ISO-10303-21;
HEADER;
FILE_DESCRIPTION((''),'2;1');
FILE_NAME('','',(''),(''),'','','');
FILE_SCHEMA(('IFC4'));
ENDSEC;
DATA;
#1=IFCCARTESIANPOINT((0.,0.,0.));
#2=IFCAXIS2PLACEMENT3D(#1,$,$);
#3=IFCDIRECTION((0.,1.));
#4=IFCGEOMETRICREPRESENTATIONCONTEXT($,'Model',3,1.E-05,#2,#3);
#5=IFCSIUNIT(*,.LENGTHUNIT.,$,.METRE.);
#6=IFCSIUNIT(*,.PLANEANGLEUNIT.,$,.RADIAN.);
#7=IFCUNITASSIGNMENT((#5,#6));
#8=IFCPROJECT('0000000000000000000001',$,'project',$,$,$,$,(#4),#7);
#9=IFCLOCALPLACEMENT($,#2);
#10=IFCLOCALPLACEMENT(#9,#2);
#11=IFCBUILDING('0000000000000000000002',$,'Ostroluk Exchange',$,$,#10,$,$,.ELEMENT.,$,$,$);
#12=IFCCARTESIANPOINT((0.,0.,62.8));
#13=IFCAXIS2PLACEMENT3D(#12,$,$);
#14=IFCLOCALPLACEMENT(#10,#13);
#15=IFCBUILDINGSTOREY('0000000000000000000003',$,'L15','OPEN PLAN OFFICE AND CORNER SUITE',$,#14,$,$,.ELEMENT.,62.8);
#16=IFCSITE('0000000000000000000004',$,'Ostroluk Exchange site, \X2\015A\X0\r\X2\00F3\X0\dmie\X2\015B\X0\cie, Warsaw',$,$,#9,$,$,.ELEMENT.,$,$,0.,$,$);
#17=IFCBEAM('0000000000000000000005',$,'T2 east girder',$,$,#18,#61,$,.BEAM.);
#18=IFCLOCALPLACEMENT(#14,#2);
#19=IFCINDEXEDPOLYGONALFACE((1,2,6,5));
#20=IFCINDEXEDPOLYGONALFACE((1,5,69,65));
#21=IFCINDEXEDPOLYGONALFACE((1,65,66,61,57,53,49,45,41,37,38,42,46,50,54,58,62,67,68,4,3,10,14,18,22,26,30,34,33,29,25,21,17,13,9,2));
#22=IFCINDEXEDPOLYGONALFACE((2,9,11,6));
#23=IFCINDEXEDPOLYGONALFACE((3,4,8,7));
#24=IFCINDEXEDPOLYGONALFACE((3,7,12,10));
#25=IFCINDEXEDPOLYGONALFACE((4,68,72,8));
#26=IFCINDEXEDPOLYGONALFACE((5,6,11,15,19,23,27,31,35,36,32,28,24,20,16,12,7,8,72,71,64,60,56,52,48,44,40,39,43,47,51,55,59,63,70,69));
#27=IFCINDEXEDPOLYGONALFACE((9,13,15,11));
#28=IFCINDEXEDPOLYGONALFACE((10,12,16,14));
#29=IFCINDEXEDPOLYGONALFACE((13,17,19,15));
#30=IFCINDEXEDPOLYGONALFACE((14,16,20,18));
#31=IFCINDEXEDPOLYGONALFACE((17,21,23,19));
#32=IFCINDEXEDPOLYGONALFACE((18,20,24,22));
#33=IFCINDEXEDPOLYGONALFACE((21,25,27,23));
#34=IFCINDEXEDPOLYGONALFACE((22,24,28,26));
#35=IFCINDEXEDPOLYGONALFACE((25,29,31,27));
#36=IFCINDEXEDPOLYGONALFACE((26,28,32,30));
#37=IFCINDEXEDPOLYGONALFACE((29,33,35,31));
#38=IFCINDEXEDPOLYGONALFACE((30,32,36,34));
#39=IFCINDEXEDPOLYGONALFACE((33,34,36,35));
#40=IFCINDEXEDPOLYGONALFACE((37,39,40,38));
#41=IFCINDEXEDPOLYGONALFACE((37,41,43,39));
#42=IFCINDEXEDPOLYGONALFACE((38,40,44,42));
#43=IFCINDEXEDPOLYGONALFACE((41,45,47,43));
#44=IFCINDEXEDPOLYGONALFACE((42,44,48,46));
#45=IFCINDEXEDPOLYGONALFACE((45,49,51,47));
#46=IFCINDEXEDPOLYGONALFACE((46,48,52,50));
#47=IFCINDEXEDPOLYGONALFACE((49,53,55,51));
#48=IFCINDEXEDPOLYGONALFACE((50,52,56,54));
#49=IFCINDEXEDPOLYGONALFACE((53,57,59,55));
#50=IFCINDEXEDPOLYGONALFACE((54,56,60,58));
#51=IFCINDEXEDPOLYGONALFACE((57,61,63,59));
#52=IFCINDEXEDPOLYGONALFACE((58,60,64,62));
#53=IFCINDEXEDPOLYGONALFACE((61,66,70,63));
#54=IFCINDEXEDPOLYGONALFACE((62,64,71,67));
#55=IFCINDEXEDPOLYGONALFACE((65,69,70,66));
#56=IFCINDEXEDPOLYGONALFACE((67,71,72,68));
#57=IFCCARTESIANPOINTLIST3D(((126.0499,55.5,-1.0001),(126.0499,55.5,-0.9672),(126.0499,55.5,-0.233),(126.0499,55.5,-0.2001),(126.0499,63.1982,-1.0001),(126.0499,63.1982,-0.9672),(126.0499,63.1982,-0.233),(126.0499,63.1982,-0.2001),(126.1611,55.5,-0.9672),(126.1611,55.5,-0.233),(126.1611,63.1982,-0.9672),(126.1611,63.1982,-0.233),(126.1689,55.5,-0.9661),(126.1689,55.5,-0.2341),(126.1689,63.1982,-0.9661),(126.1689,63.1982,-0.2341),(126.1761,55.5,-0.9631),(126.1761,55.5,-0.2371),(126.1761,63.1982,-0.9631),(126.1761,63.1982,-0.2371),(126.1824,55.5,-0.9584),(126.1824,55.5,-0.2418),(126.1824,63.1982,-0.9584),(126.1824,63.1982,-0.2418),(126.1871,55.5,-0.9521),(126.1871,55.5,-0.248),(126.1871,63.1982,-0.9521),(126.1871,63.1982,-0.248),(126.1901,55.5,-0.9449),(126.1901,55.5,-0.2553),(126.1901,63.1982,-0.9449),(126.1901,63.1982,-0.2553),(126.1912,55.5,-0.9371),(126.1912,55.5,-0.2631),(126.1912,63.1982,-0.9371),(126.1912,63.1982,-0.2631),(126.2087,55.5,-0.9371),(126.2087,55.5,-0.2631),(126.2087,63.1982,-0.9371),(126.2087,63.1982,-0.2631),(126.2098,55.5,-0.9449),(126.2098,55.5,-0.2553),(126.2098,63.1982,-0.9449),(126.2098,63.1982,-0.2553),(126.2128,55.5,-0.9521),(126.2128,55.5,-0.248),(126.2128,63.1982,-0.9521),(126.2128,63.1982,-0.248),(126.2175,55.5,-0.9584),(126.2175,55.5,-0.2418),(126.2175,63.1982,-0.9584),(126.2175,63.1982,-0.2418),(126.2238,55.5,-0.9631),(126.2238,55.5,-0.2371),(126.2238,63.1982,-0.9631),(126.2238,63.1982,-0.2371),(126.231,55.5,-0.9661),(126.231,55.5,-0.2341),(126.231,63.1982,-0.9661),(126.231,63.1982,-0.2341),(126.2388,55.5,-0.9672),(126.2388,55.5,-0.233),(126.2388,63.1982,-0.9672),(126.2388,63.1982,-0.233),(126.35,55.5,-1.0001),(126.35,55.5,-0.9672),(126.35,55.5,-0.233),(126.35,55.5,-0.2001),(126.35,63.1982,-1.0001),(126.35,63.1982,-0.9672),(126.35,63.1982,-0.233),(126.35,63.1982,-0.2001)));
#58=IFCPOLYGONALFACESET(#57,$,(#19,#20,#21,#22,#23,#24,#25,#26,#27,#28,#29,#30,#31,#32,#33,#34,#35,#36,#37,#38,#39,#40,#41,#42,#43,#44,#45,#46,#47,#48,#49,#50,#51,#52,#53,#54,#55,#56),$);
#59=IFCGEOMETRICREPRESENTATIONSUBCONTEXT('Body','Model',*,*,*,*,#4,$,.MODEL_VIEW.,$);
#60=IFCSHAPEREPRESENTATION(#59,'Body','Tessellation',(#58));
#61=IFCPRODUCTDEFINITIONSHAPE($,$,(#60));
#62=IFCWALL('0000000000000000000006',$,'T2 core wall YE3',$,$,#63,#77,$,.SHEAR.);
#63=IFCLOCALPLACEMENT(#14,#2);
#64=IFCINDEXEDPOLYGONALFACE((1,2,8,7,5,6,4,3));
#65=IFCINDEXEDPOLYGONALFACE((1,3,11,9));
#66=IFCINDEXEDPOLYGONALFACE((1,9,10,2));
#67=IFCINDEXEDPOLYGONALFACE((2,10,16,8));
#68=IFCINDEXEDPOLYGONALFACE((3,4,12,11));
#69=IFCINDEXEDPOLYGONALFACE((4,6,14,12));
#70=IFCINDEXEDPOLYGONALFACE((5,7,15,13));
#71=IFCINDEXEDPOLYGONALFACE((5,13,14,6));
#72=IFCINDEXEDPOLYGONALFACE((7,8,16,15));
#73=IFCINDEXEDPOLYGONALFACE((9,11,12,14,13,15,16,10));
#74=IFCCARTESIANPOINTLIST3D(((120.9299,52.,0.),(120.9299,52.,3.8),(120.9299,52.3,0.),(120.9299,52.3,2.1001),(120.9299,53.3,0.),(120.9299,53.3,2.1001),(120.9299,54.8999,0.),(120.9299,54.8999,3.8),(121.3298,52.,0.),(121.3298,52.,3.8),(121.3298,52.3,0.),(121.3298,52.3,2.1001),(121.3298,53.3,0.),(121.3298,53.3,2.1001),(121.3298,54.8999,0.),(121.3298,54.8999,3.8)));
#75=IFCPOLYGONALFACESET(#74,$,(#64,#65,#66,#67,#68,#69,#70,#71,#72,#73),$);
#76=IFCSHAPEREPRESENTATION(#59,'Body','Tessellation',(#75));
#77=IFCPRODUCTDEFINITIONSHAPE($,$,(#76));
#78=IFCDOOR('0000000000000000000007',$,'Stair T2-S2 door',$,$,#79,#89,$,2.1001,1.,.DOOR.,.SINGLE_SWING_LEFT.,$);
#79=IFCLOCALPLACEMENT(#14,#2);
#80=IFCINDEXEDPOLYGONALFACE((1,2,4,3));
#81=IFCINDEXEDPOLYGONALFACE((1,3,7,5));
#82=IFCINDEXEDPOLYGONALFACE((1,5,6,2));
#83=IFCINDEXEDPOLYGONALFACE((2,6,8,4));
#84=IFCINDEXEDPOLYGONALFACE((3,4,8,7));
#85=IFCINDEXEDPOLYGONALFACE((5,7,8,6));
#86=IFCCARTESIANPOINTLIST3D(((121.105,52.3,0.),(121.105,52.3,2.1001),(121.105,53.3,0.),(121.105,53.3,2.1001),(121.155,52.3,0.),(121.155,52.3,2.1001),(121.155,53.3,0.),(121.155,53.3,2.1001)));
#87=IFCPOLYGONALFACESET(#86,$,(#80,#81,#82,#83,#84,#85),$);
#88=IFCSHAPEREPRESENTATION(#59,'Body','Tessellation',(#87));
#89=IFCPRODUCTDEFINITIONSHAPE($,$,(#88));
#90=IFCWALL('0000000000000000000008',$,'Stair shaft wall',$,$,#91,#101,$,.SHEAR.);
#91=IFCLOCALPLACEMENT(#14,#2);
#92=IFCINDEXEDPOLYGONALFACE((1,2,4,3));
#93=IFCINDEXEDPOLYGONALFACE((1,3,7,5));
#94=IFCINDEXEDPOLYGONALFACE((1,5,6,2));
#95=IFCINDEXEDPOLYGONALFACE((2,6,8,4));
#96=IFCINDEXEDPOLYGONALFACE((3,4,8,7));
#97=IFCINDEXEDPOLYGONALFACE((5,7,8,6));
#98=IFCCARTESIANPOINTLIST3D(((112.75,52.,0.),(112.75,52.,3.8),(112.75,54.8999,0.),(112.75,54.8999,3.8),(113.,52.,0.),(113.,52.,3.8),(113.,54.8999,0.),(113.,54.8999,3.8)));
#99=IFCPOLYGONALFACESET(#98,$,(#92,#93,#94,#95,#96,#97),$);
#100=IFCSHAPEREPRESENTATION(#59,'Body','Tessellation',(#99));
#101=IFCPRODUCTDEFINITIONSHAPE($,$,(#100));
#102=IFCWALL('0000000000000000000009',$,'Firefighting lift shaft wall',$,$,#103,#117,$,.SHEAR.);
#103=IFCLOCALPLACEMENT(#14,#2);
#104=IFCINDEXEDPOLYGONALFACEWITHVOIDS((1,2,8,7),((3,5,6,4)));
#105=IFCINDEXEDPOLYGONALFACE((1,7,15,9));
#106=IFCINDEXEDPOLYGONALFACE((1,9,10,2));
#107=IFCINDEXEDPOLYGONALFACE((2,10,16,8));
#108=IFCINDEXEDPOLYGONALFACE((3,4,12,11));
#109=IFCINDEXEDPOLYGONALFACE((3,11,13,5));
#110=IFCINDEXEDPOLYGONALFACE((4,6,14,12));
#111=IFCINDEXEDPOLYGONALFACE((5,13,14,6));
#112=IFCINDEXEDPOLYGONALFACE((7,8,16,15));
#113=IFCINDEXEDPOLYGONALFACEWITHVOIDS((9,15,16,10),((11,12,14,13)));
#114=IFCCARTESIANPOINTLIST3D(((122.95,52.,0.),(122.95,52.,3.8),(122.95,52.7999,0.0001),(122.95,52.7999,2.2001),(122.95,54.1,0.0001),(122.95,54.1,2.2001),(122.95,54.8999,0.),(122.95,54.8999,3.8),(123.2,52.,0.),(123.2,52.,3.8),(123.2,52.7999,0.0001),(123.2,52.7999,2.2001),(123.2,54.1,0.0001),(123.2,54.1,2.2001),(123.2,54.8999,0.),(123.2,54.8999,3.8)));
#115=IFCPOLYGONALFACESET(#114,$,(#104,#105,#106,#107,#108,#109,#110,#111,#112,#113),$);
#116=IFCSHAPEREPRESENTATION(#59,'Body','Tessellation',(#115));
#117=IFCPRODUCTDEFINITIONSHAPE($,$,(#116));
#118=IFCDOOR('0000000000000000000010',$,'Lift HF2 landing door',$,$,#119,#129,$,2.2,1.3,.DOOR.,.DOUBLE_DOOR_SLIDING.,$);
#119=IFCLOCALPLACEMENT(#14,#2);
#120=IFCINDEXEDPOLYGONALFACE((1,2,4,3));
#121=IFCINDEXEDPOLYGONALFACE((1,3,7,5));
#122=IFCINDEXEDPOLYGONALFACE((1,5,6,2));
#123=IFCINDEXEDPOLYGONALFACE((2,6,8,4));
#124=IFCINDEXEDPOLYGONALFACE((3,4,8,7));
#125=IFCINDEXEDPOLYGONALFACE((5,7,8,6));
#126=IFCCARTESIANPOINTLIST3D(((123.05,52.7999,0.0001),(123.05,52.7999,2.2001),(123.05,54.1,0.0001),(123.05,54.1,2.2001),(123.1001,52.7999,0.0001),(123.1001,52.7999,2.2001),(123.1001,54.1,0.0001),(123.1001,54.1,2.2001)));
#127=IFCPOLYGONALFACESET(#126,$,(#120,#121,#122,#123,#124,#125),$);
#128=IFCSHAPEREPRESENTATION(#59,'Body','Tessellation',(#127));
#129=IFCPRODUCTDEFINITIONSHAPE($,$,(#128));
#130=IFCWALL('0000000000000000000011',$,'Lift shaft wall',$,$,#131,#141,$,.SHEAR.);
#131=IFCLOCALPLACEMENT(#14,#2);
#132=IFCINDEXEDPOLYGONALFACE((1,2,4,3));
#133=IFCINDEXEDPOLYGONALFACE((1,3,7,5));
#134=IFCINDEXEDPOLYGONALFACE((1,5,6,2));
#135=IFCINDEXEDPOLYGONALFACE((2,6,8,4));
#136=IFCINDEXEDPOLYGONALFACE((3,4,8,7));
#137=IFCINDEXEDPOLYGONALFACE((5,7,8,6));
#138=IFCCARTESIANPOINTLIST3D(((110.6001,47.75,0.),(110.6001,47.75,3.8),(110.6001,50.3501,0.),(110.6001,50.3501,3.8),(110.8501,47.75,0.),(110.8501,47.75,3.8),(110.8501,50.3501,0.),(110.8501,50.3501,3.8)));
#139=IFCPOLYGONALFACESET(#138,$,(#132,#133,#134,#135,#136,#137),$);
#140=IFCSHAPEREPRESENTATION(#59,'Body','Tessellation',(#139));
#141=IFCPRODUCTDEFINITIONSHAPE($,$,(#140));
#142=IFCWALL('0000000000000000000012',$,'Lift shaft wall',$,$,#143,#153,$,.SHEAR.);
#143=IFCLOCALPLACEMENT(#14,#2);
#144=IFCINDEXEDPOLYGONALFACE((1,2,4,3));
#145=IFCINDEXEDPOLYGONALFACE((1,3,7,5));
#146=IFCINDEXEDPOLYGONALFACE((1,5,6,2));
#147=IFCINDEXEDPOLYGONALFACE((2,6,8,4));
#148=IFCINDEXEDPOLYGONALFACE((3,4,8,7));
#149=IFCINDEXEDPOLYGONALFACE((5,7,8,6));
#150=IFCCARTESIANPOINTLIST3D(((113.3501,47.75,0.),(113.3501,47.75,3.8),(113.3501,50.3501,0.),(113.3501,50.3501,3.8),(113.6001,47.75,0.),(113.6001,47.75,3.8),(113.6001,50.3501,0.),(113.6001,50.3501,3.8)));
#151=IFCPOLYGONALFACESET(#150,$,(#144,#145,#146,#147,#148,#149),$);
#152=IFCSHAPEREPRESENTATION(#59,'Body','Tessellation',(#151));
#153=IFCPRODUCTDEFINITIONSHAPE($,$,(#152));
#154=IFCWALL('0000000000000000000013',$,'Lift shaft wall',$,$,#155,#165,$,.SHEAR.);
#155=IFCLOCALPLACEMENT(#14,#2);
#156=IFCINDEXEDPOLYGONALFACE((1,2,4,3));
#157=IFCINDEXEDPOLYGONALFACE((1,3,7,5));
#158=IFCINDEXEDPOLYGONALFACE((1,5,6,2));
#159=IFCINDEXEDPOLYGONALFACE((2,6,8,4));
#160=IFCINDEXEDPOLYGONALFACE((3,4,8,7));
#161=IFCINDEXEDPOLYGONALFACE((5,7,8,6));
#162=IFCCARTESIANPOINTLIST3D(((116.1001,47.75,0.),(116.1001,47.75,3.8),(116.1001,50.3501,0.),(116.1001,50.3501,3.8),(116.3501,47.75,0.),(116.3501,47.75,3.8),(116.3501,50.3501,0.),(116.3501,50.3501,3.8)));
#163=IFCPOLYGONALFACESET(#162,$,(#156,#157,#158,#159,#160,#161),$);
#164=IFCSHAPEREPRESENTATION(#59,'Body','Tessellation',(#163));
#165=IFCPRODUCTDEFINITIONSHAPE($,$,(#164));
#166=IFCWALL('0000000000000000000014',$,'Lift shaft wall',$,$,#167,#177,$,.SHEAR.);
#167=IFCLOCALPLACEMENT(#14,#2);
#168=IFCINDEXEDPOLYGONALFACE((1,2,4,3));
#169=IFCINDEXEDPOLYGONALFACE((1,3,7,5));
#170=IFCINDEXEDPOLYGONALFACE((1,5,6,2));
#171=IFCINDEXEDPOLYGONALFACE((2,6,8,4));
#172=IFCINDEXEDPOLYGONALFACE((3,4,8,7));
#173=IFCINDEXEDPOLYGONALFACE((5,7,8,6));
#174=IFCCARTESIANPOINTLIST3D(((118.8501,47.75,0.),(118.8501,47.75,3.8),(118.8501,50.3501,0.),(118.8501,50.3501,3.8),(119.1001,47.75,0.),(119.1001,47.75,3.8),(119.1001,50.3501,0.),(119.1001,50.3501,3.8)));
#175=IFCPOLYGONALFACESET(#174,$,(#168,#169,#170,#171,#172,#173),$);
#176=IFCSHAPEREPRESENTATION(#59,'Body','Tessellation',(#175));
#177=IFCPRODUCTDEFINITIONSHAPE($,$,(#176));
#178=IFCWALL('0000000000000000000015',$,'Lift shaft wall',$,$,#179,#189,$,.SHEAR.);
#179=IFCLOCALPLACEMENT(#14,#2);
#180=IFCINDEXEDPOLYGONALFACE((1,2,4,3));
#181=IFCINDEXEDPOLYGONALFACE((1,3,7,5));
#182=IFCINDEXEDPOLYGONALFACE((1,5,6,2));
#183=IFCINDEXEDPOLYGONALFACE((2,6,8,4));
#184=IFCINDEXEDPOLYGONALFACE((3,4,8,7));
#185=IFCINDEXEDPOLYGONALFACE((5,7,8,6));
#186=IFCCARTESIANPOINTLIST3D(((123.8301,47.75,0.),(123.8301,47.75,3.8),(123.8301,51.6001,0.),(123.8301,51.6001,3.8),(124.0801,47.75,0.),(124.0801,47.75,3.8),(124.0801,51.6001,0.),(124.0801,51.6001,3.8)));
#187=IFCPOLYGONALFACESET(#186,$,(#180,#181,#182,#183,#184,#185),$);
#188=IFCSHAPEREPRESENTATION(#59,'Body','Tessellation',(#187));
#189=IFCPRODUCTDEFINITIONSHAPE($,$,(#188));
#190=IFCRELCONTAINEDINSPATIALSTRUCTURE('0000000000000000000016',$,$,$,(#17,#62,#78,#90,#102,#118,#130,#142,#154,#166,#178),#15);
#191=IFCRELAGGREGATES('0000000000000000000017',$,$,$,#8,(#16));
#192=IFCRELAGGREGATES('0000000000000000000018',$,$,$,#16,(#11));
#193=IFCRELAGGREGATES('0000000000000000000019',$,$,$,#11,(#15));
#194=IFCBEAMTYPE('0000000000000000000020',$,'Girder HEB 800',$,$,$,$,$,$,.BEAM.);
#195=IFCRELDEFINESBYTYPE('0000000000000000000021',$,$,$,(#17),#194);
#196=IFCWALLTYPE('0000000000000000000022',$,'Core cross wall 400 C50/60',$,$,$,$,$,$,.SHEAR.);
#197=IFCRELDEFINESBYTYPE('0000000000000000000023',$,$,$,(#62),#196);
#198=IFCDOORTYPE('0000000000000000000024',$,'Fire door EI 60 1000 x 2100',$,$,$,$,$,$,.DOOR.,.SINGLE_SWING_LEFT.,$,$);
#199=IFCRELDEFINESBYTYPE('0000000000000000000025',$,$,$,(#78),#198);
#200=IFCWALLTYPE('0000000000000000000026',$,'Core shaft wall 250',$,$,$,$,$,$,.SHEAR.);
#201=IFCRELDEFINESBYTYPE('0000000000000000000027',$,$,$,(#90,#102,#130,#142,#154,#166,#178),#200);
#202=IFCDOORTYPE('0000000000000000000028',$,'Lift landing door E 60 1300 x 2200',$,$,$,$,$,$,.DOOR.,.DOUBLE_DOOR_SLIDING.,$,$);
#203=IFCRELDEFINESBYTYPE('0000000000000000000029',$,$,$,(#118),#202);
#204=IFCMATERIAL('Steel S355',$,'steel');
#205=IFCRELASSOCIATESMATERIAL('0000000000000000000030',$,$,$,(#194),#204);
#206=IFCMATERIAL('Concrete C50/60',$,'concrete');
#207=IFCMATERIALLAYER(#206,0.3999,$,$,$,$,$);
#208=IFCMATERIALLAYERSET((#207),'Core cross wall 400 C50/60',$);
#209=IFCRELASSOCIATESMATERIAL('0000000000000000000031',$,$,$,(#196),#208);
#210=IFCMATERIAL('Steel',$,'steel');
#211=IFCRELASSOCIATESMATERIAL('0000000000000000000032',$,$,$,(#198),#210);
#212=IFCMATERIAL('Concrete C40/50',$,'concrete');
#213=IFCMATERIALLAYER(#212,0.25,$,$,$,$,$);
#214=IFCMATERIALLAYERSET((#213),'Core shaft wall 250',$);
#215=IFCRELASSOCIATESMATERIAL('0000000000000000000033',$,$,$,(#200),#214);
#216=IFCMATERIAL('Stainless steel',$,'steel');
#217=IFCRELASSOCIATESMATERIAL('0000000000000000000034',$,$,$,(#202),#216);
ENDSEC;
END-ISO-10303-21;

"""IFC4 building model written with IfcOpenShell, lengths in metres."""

from ifc_helpers import new_model, si_unit, direction, frame, frame_2d, origin, origin_2d, place, context, subcontext, project, spatial, rectangle, i_section, extrude, material, layer, layer_set, material_profile, profile_set, type_object, element, fill, save


model = new_model("IFC4")

# Units and contexts
model_context = context("Model", 3, precision=1e-05, world=origin(), true_north=direction((0.0, 1.0)))
body_context = subcontext(model_context, "Body", "Model", "MODEL_VIEW")
ifc_project = project(units=[si_unit("LENGTHUNIT", "METRE"), si_unit("PLANEANGLEUNIT", "RADIAN")], contexts=[model_context])

# Site, building, storey
site_placement = place(None, origin())
site = spatial("IfcSite", under=ifc_project, at=site_placement, Name="Ostroluk Exchange site, Śródmieście, Warsaw", CompositionType="ELEMENT", RefElevation=0.0)
building_placement = place(site_placement, origin())
building = spatial("IfcBuilding", under=site, at=building_placement, Name="Ostroluk Exchange", CompositionType="ELEMENT")
storey_placement = place(building_placement, frame((0.0, 0.0, 62.8)))
storey = spatial("IfcBuildingStorey", under=building, at=storey_placement, Name="L15", Description="OPEN PLAN OFFICE AND CORNER SUITE", CompositionType="ELEMENT", Elevation=62.8)

# Beam
ifc_material_1 = material(Name="Steel S355", Category="steel")
ifc_material_profile_1 = material_profile(ifc_material_1, i_section(OverallWidth=0.3, OverallDepth=0.8, WebThickness=0.0176, FlangeThickness=0.033, FilletRadius=0.03, at=origin_2d()), Name="HEB 800")
ifc_profile_set_1 = profile_set([ifc_material_profile_1], Name="Steel S355")
beam_type_1 = type_object("IfcBeamType", Name="Girder HEB 800", PredefinedType="BEAM", material=ifc_profile_set_1)
beam_placement = place(storey_placement, frame((126.2, 55.5, -0.6001), z_axis=(0.0, 1.0, 0.0), x_axis=(-1.0, 0.0, 0.0)))
element("IfcBeam", 1, at=beam_placement, inside=storey, type_object=beam_type_1, Name="T2 east girder", PredefinedType="BEAM", context=body_context, shape_type="SweptSolid", body=[
    extrude(i_section(OverallWidth=0.3, OverallDepth=0.8, WebThickness=0.0176, FlangeThickness=0.033, FilletRadius=0.03, at=origin_2d()), origin(), (0.0, 0.0, 1.0), 7.6982),
])

# Wall, opening, door
ifc_material_2 = material(Name="Concrete C50/60", Category="concrete")
ifc_layer_1 = layer(ifc_material_2, 0.3999)
ifc_layer_set_1 = layer_set([ifc_layer_1], Name="Core cross wall 400 C50/60")
wall_type_1 = type_object("IfcWallType", Name="Core cross wall 400 C50/60", PredefinedType="SHEAR", material=ifc_layer_set_1)
wall_1_placement = place(storey_placement, frame((121.1299, 52.0, 0.0), z_axis=(0.0, 0.0, 1.0), x_axis=(0.0, 1.0, 0.0)))
wall_1 = element("IfcWall", 2, at=wall_1_placement, inside=storey, type_object=wall_type_1, Name="T2 core wall YE3", PredefinedType="SHEAR", context=body_context, shape_type="SweptSolid", body=[
    extrude(rectangle(XDim=2.8999, YDim=0.3999, at=frame_2d((1.45, 0.0))), origin(), (0.0, 0.0, 1.0), 3.8),
])
opening_1_placement = place(wall_1_placement, frame((0.3, 0.0, 0.0)))
opening_1 = element("IfcOpeningElement", 3, at=opening_1_placement, cuts=wall_1, PredefinedType="OPENING", context=body_context, shape_type="SweptSolid", body=[
    extrude(rectangle(XDim=1.0, YDim=2.1001, at=frame_2d((0.5, 1.05))), frame((0.0, 0.21, 0.0), z_axis=(0.0, -1.0, 0.0), x_axis=(1.0, 0.0, 0.0)), (0.0, 0.0, 1.0), 0.4199),
])
ifc_material_3 = material(Name="Steel", Category="steel")
door_type_1 = type_object("IfcDoorType", Name="Fire door EI 60 1000 x 2100", OperationType="SINGLE_SWING_LEFT", PredefinedType="DOOR", material=ifc_material_3)
door_1_placement = place(opening_1_placement, origin())
door_1 = element("IfcDoor", 4, at=door_1_placement, inside=storey, type_object=door_type_1, Name="Stair T2-S2 door", OperationType="SINGLE_SWING_LEFT", OverallHeight=2.1001, OverallWidth=1.0, PredefinedType="DOOR", context=body_context, shape_type="SweptSolid", body=[
    extrude(rectangle(XDim=1.0, YDim=2.1001, at=frame_2d((0.5, 1.05))), frame((0.0, 0.0249, 0.0), z_axis=(0.0, -1.0, 0.0), x_axis=(1.0, 0.0, 0.0)), (0.0, 0.0, 1.0), 0.05),
])
fill(opening_1, door_1)

# Wall
ifc_material_4 = material(Name="Concrete C40/50", Category="concrete")
ifc_layer_2 = layer(ifc_material_4, 0.25)
ifc_layer_set_2 = layer_set([ifc_layer_2], Name="Core shaft wall 250")
wall_type_2 = type_object("IfcWallType", Name="Core shaft wall 250", PredefinedType="SHEAR", material=ifc_layer_set_2)
wall_2_placement = place(storey_placement, frame((112.875, 52.0, 0.0), z_axis=(0.0, 0.0, 1.0), x_axis=(0.0, 1.0, 0.0)))
element("IfcWall", 5, at=wall_2_placement, inside=storey, type_object=wall_type_2, Name="Stair shaft wall", PredefinedType="SHEAR", context=body_context, shape_type="SweptSolid", body=[
    extrude(rectangle(XDim=2.8999, YDim=0.25, at=frame_2d((1.45, 0.0))), origin(), (0.0, 0.0, 1.0), 3.8),
])

# Wall, opening, door
wall_3_placement = place(storey_placement, frame((123.075, 52.0, 0.0), z_axis=(0.0, 0.0, 1.0), x_axis=(0.0, 1.0, 0.0)))
wall_3 = element("IfcWall", 6, at=wall_3_placement, inside=storey, type_object=wall_type_2, Name="Firefighting lift shaft wall", PredefinedType="SHEAR", context=body_context, shape_type="SweptSolid", body=[
    extrude(rectangle(XDim=2.8999, YDim=0.25, at=frame_2d((1.45, 0.0))), origin(), (0.0, 0.0, 1.0), 3.8),
])
opening_2_placement = place(wall_3_placement, frame((0.8, 0.0, 0.0)))
opening_2 = element("IfcOpeningElement", 7, at=opening_2_placement, cuts=wall_3, PredefinedType="OPENING", context=body_context, shape_type="SweptSolid", body=[
    extrude(rectangle(XDim=1.3, YDim=2.2, at=frame_2d((0.6499, 1.1001))), frame((0.0, 0.135, 0.0), z_axis=(0.0, -1.0, 0.0), x_axis=(1.0, 0.0, 0.0)), (0.0, 0.0, 1.0), 0.27),
])
ifc_material_5 = material(Name="Stainless steel", Category="steel")
door_type_2 = type_object("IfcDoorType", Name="Lift landing door E 60 1300 x 2200", OperationType="DOUBLE_DOOR_SLIDING", PredefinedType="DOOR", material=ifc_material_5)
door_2_placement = place(opening_2_placement, origin())
door_2 = element("IfcDoor", 8, at=door_2_placement, inside=storey, type_object=door_type_2, Name="Lift HF2 landing door", OperationType="DOUBLE_DOOR_SLIDING", OverallHeight=2.2, OverallWidth=1.3, PredefinedType="DOOR", context=body_context, shape_type="SweptSolid", body=[
    extrude(rectangle(XDim=1.3, YDim=2.2, at=frame_2d((0.6499, 1.1001))), frame((0.0, 0.0249, 0.0), z_axis=(0.0, -1.0, 0.0), x_axis=(1.0, 0.0, 0.0)), (0.0, 0.0, 1.0), 0.05),
])
fill(opening_2, door_2)

# Walls
for number, where, z_axis, x_axis, name in (
    (9, (110.7251, 47.75, 0.0), (0.0, 0.0, 1.0), (0.0, 1.0, 0.0), "Lift shaft wall"),
    (10, (113.4751, 47.75, 0.0), (0.0, 0.0, 1.0), (0.0, 1.0, 0.0), "Lift shaft wall"),
    (11, (116.2251, 47.75, 0.0), (0.0, 0.0, 1.0), (0.0, 1.0, 0.0), "Lift shaft wall"),
    (12, (118.9751, 47.75, 0.0), (0.0, 0.0, 1.0), (0.0, 1.0, 0.0), "Lift shaft wall"),
):
    element("IfcWall", number, at=place(storey_placement, frame(where, z_axis=z_axis, x_axis=x_axis)), inside=storey, type_object=wall_type_2, Name=name, PredefinedType="SHEAR", context=body_context, shape_type="SweptSolid", body=[
        extrude(rectangle(XDim=2.6001, YDim=0.25, at=frame_2d((1.3, 0.0))), origin(), (0.0, 0.0, 1.0), 3.8),
    ])
wall_4_placement = place(storey_placement, frame((123.9551, 47.75, 0.0), z_axis=(0.0, 0.0, 1.0), x_axis=(0.0, 1.0, 0.0)))
element("IfcWall", 13, at=wall_4_placement, inside=storey, type_object=wall_type_2, Name="Lift shaft wall", PredefinedType="SHEAR", context=body_context, shape_type="SweptSolid", body=[
    extrude(rectangle(XDim=3.8501, YDim=0.25, at=frame_2d((1.925, 0.0))), origin(), (0.0, 0.0, 1.0), 3.8),
])

save(model, "model.ifc")
